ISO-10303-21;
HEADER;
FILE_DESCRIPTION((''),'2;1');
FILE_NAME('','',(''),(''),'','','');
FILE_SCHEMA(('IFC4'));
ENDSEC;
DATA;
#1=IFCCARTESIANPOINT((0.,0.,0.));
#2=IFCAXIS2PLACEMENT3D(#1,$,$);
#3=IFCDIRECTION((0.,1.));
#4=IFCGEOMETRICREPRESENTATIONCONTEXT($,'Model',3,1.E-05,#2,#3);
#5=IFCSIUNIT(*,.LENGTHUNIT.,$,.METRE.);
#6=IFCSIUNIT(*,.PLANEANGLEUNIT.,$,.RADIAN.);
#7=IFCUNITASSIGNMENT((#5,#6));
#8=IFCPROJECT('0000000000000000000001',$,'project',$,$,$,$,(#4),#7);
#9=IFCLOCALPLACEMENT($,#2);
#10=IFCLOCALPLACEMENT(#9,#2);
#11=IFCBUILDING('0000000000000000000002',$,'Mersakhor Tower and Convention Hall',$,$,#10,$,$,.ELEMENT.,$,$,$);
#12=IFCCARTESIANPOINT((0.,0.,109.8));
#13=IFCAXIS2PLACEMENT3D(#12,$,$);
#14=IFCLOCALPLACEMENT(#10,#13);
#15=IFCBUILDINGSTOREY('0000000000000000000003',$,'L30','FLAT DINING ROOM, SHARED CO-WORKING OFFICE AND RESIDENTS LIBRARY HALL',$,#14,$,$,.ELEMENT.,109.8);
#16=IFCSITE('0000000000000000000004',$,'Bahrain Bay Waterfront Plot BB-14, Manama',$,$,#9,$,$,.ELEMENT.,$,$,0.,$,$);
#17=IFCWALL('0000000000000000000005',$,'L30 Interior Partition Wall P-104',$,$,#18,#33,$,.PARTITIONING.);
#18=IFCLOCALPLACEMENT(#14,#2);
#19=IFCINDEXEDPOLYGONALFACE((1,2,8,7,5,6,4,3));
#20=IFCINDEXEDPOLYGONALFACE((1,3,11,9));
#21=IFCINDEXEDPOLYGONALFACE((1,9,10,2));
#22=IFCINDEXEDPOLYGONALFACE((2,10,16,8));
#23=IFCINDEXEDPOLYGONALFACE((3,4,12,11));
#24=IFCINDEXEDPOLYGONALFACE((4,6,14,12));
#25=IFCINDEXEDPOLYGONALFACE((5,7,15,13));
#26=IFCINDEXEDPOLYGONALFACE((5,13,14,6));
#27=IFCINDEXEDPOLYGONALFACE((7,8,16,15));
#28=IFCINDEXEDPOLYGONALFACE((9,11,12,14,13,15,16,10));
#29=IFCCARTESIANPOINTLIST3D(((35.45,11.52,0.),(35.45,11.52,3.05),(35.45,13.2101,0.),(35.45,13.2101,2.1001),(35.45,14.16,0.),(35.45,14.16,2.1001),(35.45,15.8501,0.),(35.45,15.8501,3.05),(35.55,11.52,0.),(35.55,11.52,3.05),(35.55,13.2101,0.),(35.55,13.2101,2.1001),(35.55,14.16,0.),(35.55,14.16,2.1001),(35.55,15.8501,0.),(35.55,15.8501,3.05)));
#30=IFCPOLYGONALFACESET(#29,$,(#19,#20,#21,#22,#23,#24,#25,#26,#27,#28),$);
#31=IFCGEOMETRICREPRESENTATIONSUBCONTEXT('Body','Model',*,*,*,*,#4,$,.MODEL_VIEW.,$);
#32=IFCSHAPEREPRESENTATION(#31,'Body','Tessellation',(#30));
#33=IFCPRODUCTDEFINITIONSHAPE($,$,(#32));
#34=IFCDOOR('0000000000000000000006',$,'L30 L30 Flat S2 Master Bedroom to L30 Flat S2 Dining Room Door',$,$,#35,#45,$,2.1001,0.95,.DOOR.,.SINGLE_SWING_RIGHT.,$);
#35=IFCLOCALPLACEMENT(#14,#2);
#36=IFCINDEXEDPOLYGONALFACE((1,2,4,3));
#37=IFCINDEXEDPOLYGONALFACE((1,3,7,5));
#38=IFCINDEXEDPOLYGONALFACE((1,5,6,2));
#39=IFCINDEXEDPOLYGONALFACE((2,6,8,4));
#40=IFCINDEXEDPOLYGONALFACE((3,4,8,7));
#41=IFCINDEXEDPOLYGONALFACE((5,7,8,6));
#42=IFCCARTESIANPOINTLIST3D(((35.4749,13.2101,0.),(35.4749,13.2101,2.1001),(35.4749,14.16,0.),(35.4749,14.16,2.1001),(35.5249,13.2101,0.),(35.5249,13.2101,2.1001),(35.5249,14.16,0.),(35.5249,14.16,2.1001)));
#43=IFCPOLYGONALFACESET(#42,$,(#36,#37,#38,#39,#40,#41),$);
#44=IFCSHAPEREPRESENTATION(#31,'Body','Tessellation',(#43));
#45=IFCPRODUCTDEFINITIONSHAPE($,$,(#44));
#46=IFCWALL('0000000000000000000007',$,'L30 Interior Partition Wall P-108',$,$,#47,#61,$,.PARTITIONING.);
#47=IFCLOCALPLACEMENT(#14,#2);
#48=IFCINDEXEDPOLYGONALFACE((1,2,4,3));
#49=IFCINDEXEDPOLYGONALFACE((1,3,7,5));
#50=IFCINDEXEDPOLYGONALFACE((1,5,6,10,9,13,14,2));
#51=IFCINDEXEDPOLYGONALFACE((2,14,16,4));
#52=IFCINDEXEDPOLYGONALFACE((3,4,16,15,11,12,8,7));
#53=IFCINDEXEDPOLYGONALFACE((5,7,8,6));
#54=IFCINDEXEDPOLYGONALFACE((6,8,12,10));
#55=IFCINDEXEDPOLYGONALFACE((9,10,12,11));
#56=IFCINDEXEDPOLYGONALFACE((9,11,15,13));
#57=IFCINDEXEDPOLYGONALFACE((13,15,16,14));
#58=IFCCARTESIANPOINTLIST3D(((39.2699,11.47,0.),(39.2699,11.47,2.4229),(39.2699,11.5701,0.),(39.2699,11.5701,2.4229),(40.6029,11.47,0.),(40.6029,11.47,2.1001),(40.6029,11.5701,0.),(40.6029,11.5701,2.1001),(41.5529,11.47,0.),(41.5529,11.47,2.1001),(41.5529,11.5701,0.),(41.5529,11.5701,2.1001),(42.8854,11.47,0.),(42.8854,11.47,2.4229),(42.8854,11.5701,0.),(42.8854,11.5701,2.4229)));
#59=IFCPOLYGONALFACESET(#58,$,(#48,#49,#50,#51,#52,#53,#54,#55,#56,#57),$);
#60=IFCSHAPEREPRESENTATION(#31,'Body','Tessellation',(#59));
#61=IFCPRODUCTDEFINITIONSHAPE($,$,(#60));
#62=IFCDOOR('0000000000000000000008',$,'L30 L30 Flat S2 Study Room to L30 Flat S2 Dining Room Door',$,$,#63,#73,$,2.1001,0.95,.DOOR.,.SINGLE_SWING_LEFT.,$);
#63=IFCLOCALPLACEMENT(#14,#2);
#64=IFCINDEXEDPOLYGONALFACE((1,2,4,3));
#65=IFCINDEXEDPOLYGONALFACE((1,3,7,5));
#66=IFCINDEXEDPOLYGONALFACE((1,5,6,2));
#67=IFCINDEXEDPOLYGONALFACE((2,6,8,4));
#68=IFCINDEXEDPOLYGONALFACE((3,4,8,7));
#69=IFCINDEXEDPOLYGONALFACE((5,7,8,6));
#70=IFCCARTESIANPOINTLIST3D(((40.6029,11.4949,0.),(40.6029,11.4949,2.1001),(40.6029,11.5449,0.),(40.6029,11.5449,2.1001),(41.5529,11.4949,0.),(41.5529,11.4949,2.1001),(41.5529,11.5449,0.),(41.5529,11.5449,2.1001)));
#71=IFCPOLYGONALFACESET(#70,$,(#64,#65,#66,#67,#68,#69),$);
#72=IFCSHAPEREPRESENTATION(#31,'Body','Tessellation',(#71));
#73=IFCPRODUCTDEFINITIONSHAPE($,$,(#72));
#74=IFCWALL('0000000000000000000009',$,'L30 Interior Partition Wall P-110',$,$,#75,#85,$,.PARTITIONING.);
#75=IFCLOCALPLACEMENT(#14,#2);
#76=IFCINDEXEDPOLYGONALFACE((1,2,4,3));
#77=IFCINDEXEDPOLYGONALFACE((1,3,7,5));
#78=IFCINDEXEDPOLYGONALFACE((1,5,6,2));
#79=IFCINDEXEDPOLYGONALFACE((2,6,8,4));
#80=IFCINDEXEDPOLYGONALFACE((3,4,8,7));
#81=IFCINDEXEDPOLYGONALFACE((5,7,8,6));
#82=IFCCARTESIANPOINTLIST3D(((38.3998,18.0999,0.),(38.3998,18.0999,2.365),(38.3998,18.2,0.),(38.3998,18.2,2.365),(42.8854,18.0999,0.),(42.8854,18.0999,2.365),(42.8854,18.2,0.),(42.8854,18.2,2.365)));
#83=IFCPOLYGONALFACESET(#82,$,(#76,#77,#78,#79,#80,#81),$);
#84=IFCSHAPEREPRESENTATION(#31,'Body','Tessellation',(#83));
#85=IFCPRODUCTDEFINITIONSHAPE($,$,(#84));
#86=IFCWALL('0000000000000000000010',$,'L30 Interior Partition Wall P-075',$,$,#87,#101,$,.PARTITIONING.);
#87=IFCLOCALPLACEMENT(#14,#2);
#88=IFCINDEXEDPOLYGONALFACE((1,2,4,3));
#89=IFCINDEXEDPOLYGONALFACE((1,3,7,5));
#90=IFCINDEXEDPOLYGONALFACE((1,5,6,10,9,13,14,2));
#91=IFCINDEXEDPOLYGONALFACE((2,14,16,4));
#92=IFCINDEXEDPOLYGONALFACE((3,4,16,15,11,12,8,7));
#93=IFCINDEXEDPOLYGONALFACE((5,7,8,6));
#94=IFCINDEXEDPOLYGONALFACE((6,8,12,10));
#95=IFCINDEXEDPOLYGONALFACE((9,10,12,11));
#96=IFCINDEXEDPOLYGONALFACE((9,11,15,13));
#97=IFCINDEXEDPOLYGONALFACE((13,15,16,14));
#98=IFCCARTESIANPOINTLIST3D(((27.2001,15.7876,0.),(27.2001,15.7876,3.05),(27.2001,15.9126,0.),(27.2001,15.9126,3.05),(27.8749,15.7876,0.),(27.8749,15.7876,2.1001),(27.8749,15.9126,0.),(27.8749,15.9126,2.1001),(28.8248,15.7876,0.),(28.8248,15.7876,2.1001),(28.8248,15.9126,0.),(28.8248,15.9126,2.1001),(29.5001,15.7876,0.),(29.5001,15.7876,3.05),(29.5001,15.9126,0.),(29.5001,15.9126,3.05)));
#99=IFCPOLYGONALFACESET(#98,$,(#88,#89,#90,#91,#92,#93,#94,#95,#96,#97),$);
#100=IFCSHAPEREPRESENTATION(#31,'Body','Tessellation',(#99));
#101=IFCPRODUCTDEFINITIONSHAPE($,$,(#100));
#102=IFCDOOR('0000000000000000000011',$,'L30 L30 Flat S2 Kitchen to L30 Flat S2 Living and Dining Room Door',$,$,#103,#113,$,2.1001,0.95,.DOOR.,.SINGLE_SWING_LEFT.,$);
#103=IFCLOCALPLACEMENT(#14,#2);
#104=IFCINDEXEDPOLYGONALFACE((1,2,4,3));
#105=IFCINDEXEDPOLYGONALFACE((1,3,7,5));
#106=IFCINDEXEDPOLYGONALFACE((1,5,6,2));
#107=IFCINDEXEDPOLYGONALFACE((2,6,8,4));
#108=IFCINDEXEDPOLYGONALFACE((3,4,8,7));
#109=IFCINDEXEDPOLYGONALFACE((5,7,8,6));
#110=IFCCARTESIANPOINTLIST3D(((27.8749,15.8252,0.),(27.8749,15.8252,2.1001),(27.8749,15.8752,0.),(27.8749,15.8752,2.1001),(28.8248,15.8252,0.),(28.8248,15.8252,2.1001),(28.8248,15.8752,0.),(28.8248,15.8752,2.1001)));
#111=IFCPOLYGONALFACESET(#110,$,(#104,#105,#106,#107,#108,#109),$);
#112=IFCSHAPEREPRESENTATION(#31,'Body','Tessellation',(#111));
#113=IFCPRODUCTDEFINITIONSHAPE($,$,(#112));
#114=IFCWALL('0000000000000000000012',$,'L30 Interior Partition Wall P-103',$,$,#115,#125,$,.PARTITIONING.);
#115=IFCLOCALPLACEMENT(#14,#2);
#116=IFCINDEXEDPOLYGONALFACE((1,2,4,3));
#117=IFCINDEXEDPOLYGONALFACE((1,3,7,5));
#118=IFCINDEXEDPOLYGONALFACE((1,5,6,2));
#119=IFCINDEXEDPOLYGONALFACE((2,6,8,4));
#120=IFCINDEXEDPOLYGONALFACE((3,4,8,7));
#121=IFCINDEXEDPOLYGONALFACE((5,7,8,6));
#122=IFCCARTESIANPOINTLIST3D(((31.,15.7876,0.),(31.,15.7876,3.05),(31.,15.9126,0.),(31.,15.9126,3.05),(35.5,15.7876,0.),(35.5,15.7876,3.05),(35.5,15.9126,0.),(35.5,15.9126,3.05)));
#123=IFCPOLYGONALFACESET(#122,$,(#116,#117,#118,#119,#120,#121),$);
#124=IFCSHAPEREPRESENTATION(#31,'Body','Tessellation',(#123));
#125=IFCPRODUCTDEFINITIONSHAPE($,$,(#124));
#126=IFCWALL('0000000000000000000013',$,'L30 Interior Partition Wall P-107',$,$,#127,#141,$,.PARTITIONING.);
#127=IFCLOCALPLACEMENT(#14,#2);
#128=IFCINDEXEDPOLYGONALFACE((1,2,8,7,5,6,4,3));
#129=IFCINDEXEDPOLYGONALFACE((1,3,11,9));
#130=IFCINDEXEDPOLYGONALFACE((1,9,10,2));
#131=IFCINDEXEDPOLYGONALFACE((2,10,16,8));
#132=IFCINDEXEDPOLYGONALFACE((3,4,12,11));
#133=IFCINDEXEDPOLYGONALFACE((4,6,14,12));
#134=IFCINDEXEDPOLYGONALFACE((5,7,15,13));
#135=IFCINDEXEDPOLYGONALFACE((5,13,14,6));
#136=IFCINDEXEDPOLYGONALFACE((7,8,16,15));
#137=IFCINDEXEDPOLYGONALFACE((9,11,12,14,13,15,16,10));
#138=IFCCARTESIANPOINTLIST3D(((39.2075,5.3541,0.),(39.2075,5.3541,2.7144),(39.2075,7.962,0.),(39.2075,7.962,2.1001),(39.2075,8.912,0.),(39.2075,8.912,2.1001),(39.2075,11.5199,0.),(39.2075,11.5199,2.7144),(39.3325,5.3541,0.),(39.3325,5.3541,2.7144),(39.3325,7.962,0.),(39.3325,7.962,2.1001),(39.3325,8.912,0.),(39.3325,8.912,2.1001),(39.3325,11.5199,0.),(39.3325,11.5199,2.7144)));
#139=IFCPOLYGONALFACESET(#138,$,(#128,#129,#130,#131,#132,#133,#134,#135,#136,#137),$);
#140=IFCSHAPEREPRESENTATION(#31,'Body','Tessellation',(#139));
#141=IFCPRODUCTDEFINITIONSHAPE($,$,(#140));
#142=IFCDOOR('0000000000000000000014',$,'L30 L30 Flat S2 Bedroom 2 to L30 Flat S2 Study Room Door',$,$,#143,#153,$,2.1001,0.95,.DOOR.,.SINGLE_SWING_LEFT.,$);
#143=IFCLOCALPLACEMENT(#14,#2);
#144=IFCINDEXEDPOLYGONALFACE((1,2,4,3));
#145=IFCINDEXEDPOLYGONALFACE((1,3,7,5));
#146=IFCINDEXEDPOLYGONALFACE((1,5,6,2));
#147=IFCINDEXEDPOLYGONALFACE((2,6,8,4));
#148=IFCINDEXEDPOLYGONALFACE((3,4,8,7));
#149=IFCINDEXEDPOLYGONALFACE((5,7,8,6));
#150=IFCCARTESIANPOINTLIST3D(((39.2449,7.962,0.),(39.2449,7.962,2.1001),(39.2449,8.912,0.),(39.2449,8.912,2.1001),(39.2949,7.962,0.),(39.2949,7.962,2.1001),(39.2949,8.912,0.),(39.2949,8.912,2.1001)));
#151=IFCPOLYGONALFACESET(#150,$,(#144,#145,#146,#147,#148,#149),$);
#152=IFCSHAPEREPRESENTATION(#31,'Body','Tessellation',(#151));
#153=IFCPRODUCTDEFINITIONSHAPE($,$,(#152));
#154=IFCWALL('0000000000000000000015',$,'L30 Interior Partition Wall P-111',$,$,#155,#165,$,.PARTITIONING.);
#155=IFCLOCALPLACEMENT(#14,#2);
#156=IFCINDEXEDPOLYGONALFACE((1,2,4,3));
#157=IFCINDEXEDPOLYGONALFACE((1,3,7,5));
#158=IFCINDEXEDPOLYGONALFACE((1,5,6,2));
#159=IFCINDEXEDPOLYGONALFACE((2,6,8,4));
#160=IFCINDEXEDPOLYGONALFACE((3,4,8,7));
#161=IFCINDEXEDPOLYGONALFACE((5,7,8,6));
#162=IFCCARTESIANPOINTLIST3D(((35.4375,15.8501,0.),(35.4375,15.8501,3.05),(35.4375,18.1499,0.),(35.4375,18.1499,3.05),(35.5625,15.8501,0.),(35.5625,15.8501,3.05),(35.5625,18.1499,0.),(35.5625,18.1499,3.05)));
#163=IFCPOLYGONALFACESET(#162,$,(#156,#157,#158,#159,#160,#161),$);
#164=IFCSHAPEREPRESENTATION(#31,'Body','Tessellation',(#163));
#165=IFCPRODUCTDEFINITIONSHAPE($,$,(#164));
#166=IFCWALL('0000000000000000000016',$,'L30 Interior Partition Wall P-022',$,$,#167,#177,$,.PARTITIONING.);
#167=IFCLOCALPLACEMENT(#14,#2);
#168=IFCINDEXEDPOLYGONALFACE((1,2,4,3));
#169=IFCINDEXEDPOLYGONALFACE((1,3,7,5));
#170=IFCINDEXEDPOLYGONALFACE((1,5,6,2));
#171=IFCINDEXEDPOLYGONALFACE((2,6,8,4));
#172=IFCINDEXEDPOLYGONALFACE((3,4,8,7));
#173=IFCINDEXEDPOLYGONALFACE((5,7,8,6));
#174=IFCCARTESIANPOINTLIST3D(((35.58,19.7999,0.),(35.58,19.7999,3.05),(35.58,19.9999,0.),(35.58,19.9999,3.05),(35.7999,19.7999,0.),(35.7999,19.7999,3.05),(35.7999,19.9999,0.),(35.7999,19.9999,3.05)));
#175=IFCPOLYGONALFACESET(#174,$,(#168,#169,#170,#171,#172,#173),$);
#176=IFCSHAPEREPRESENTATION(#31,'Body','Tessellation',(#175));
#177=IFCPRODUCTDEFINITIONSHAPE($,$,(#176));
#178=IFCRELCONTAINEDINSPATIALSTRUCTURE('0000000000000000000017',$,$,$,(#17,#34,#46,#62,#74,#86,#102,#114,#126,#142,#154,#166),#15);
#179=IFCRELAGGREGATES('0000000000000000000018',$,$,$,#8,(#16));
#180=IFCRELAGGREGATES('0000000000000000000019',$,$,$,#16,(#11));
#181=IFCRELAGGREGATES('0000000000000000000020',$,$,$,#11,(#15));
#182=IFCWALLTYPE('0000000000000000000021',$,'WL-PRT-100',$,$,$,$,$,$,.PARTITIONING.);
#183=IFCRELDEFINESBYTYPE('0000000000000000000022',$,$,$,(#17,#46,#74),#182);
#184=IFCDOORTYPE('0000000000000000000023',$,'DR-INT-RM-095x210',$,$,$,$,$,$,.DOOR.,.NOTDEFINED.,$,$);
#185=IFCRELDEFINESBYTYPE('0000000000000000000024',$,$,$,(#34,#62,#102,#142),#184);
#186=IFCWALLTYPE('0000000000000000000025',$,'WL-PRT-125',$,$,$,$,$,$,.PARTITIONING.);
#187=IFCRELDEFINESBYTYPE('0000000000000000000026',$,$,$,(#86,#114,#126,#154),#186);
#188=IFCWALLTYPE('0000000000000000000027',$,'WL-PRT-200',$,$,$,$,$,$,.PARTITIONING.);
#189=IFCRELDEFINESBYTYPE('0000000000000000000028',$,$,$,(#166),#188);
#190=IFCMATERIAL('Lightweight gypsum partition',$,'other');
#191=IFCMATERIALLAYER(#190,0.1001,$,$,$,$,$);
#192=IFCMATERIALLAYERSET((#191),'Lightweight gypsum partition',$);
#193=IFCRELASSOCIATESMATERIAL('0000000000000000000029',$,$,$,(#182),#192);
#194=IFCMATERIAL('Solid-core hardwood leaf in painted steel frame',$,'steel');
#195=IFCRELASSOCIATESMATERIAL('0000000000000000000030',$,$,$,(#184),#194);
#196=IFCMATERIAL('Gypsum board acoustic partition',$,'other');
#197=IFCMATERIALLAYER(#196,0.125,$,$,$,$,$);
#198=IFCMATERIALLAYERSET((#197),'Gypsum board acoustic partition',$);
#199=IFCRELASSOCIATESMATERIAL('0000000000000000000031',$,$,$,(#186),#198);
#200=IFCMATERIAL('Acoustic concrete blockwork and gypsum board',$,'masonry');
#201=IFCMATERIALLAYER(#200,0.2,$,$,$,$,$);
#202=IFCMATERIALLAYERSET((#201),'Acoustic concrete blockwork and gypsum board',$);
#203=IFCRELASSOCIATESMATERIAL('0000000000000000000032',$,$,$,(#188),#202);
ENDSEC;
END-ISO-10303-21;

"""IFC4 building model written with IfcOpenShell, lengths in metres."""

from ifc_helpers import new_model, si_unit, direction, frame, frame_2d, origin, place, context, subcontext, project, spatial, rectangle, extrude, material, layer, layer_set, type_object, element, fill, save


model = new_model("IFC4")

# Units and contexts
model_context = context("Model", 3, precision=1e-05, world=origin(), true_north=direction((0.0, 1.0)))
body_context = subcontext(model_context, "Body", "Model", "MODEL_VIEW")
ifc_project = project(units=[si_unit("LENGTHUNIT", "METRE"), si_unit("PLANEANGLEUNIT", "RADIAN")], contexts=[model_context])

# Site, building, storey
site_placement = place(None, origin())
site = spatial("IfcSite", under=ifc_project, at=site_placement, Name="Bahrain Bay Waterfront Plot BB-14, Manama", CompositionType="ELEMENT", RefElevation=0.0)
building_placement = place(site_placement, origin())
building = spatial("IfcBuilding", under=site, at=building_placement, Name="Mersakhor Tower and Convention Hall", CompositionType="ELEMENT")
storey_placement = place(building_placement, frame((0.0, 0.0, 109.8)))
storey = spatial("IfcBuildingStorey", under=building, at=storey_placement, Name="L30", Description="FLAT DINING ROOM, SHARED CO-WORKING OFFICE AND RESIDENTS LIBRARY HALL", CompositionType="ELEMENT", Elevation=109.8)

# Shared definitions
ifc_material_1 = material(Name="Lightweight gypsum partition", Category="other")
ifc_layer_1 = layer(ifc_material_1, 0.1001)
ifc_layer_set_1 = layer_set([ifc_layer_1], Name="Lightweight gypsum partition")
wall_type_1 = type_object("IfcWallType", Name="WL-PRT-100", PredefinedType="PARTITIONING", material=ifc_layer_set_1)

# Walls, openings, doors
ifc_material_2 = material(Name="Solid-core hardwood leaf in painted steel frame", Category="steel")
door_type = type_object("IfcDoorType", Name="DR-INT-RM-095x210", OperationType="NOTDEFINED", PredefinedType="DOOR", material=ifc_material_2)
wall_1_placement = place(storey_placement, frame((35.5, 15.8501, 0.0), z_axis=(0.0, 0.0, 1.0), x_axis=(0.0, -1.0, 0.0)))
wall_1 = element("IfcWall", 1, at=wall_1_placement, inside=storey, type_object=wall_type_1, Name="L30 Interior Partition Wall P-104", PredefinedType="PARTITIONING", context=body_context, shape_type="SweptSolid", body=[
    extrude(rectangle(XDim=4.3301, YDim=0.1001, at=frame_2d((2.165, 0.0))), origin(), (0.0, 0.0, 1.0), 3.05),
])
opening_1_placement = place(wall_1_placement, frame((1.6899, 0.0, 0.0)))
opening_1 = element("IfcOpeningElement", 2, at=opening_1_placement, cuts=wall_1, PredefinedType="OPENING", context=body_context, shape_type="SweptSolid", body=[
    extrude(rectangle(XDim=0.95, YDim=2.1001, at=frame_2d((0.4751, 1.05))), frame((0.0, 0.0601, 0.0), z_axis=(0.0, -1.0, 0.0), x_axis=(1.0, 0.0, 0.0)), (0.0, 0.0, 1.0), 0.1201),
])
door_1_placement = place(opening_1_placement, origin())
door_1 = element("IfcDoor", 3, at=door_1_placement, inside=storey, type_object=door_type, Name="L30 L30 Flat S2 Master Bedroom to L30 Flat S2 Dining Room Door", OperationType="SINGLE_SWING_RIGHT", OverallHeight=2.1001, OverallWidth=0.95, PredefinedType="DOOR", context=body_context, shape_type="SweptSolid", body=[
    extrude(rectangle(XDim=0.95, YDim=2.1001, at=frame_2d((0.4751, 1.05))), frame((0.0, 0.0249, 0.0), z_axis=(0.0, -1.0, 0.0), x_axis=(1.0, 0.0, 0.0)), (0.0, 0.0, 1.0), 0.05),
])
fill(opening_1, door_1)
wall_2_placement = place(storey_placement, frame((39.27, 11.52, 0.0), z_axis=(0.0, 0.0, 1.0), x_axis=(1.0, 0.0, 0.0)))
wall_2 = element("IfcWall", 4, at=wall_2_placement, inside=storey, type_object=wall_type_1, Name="L30 Interior Partition Wall P-108", PredefinedType="PARTITIONING", context=body_context, shape_type="SweptSolid", body=[
    extrude(rectangle(XDim=3.6155, YDim=0.1001, at=frame_2d((1.8076, 0.0))), origin(), (0.0, 0.0, 1.0), 2.4229),
])
opening_2_placement = place(wall_2_placement, frame((1.3328, 0.0, 0.0)))
opening_2 = element("IfcOpeningElement", 5, at=opening_2_placement, cuts=wall_2, PredefinedType="OPENING", context=body_context, shape_type="SweptSolid", body=[
    extrude(rectangle(XDim=0.95, YDim=2.1001, at=frame_2d((0.4751, 1.05))), frame((0.0, 0.0601, 0.0), z_axis=(0.0, -1.0, 0.0), x_axis=(1.0, 0.0, 0.0)), (0.0, 0.0, 1.0), 0.1201),
])
door_2_placement = place(opening_2_placement, origin())
door_2 = element("IfcDoor", 6, at=door_2_placement, inside=storey, type_object=door_type, Name="L30 L30 Flat S2 Study Room to L30 Flat S2 Dining Room Door", OperationType="SINGLE_SWING_LEFT", OverallHeight=2.1001, OverallWidth=0.95, PredefinedType="DOOR", context=body_context, shape_type="SweptSolid", body=[
    extrude(rectangle(XDim=0.95, YDim=2.1001, at=frame_2d((0.4751, 1.05))), frame((0.0, 0.0249, 0.0), z_axis=(0.0, -1.0, 0.0), x_axis=(1.0, 0.0, 0.0)), (0.0, 0.0, 1.0), 0.05),
])
fill(opening_2, door_2)

# Wall
wall_3_placement = place(storey_placement, frame((38.3999, 18.1499, 0.0), z_axis=(0.0, 0.0, 1.0), x_axis=(1.0, 0.0, 0.0)))
element("IfcWall", 7, at=wall_3_placement, inside=storey, type_object=wall_type_1, Name="L30 Interior Partition Wall P-110", PredefinedType="PARTITIONING", context=body_context, shape_type="SweptSolid", body=[
    extrude(rectangle(XDim=4.4856, YDim=0.1001, at=frame_2d((2.2427, 0.0))), origin(), (0.0, 0.0, 1.0), 2.365),
])

# Wall, opening, door
ifc_material_3 = material(Name="Gypsum board acoustic partition", Category="other")
ifc_layer_2 = layer(ifc_material_3, 0.125)
ifc_layer_set_2 = layer_set([ifc_layer_2], Name="Gypsum board acoustic partition")
wall_type_2 = type_object("IfcWallType", Name="WL-PRT-125", PredefinedType="PARTITIONING", material=ifc_layer_set_2)
wall_4_placement = place(storey_placement, frame((29.5, 15.8501, 0.0), z_axis=(0.0, 0.0, 1.0), x_axis=(-1.0, 0.0, 0.0)))
wall_4 = element("IfcWall", 8, at=wall_4_placement, inside=storey, type_object=wall_type_2, Name="L30 Interior Partition Wall P-075", PredefinedType="PARTITIONING", context=body_context, shape_type="SweptSolid", body=[
    extrude(rectangle(XDim=2.3, YDim=0.125, at=frame_2d((1.1499, 0.0))), origin(), (0.0, 0.0, 1.0), 3.05),
])
opening_3_placement = place(wall_4_placement, frame((0.675, 0.0, 0.0)))
opening_3 = element("IfcOpeningElement", 9, at=opening_3_placement, cuts=wall_4, PredefinedType="OPENING", context=body_context, shape_type="SweptSolid", body=[
    extrude(rectangle(XDim=0.95, YDim=2.1001, at=frame_2d((0.4751, 1.05))), frame((0.0, 0.0725, 0.0), z_axis=(0.0, -1.0, 0.0), x_axis=(1.0, 0.0, 0.0)), (0.0, 0.0, 1.0), 0.145),
])
door_3_placement = place(opening_3_placement, origin())
door_3 = element("IfcDoor", 10, at=door_3_placement, inside=storey, type_object=door_type, Name="L30 L30 Flat S2 Kitchen to L30 Flat S2 Living and Dining Room Door", OperationType="SINGLE_SWING_LEFT", OverallHeight=2.1001, OverallWidth=0.95, PredefinedType="DOOR", context=body_context, shape_type="SweptSolid", body=[
    extrude(rectangle(XDim=0.95, YDim=2.1001, at=frame_2d((0.4751, 1.05))), frame((0.0, 0.0249, 0.0), z_axis=(0.0, -1.0, 0.0), x_axis=(1.0, 0.0, 0.0)), (0.0, 0.0, 1.0), 0.05),
])
fill(opening_3, door_3)

# Wall
wall_5_placement = place(storey_placement, frame((31.0, 15.8501, 0.0), z_axis=(0.0, 0.0, 1.0), x_axis=(1.0, 0.0, 0.0)))
element("IfcWall", 11, at=wall_5_placement, inside=storey, type_object=wall_type_2, Name="L30 Interior Partition Wall P-103", PredefinedType="PARTITIONING", context=body_context, shape_type="SweptSolid", body=[
    extrude(rectangle(XDim=4.5, YDim=0.125, at=frame_2d((2.25, 0.0))), origin(), (0.0, 0.0, 1.0), 3.05),
])

# Wall, opening, door
wall_6_placement = place(storey_placement, frame((39.27, 11.52, 0.0), z_axis=(0.0, 0.0, 1.0), x_axis=(0.0, -1.0, 0.0)))
wall_6 = element("IfcWall", 12, at=wall_6_placement, inside=storey, type_object=wall_type_2, Name="L30 Interior Partition Wall P-107", PredefinedType="PARTITIONING", context=body_context, shape_type="SweptSolid", body=[
    extrude(rectangle(XDim=6.1658, YDim=0.125, at=frame_2d((3.083, 0.0))), origin(), (0.0, 0.0, 1.0), 2.7144),
])
opening_4_placement = place(wall_6_placement, frame((2.6079, 0.0, 0.0)))
opening_4 = element("IfcOpeningElement", 13, at=opening_4_placement, cuts=wall_6, PredefinedType="OPENING", context=body_context, shape_type="SweptSolid", body=[
    extrude(rectangle(XDim=0.95, YDim=2.1001, at=frame_2d((0.4751, 1.05))), frame((0.0, 0.0725, 0.0), z_axis=(0.0, -1.0, 0.0), x_axis=(1.0, 0.0, 0.0)), (0.0, 0.0, 1.0), 0.145),
])
door_4_placement = place(opening_4_placement, origin())
door_4 = element("IfcDoor", 14, at=door_4_placement, inside=storey, type_object=door_type, Name="L30 L30 Flat S2 Bedroom 2 to L30 Flat S2 Study Room Door", OperationType="SINGLE_SWING_LEFT", OverallHeight=2.1001, OverallWidth=0.95, PredefinedType="DOOR", context=body_context, shape_type="SweptSolid", body=[
    extrude(rectangle(XDim=0.95, YDim=2.1001, at=frame_2d((0.4751, 1.05))), frame((0.0, 0.0249, 0.0), z_axis=(0.0, -1.0, 0.0), x_axis=(1.0, 0.0, 0.0)), (0.0, 0.0, 1.0), 0.05),
])
fill(opening_4, door_4)

# Walls
wall_7_placement = place(storey_placement, frame((35.5, 15.8501, 0.0), z_axis=(0.0, 0.0, 1.0), x_axis=(0.0, 1.0, 0.0)))
element("IfcWall", 15, at=wall_7_placement, inside=storey, type_object=wall_type_2, Name="L30 Interior Partition Wall P-111", PredefinedType="PARTITIONING", context=body_context, shape_type="SweptSolid", body=[
    extrude(rectangle(XDim=2.2998, YDim=0.125, at=frame_2d((1.1499, 0.0))), origin(), (0.0, 0.0, 1.0), 3.05),
])
ifc_material_4 = material(Name="Acoustic concrete blockwork and gypsum board", Category="masonry")
ifc_layer_3 = layer(ifc_material_4, 0.2)
ifc_layer_set_3 = layer_set([ifc_layer_3], Name="Acoustic concrete blockwork and gypsum board")
wall_type_3 = type_object("IfcWallType", Name="WL-PRT-200", PredefinedType="PARTITIONING", material=ifc_layer_set_3)
wall_8_placement = place(storey_placement, frame((35.5801, 19.8999, 0.0), z_axis=(0.0, 0.0, 1.0), x_axis=(1.0, 0.0, 0.0)))
element("IfcWall", 16, at=wall_8_placement, inside=storey, type_object=wall_type_3, Name="L30 Interior Partition Wall P-022", PredefinedType="PARTITIONING", context=body_context, shape_type="SweptSolid", body=[
    extrude(rectangle(XDim=0.22, YDim=0.2, at=frame_2d((0.1099, 0.0))), origin(), (0.0, 0.0, 1.0), 3.05),
])

save(model, "model.ifc")
